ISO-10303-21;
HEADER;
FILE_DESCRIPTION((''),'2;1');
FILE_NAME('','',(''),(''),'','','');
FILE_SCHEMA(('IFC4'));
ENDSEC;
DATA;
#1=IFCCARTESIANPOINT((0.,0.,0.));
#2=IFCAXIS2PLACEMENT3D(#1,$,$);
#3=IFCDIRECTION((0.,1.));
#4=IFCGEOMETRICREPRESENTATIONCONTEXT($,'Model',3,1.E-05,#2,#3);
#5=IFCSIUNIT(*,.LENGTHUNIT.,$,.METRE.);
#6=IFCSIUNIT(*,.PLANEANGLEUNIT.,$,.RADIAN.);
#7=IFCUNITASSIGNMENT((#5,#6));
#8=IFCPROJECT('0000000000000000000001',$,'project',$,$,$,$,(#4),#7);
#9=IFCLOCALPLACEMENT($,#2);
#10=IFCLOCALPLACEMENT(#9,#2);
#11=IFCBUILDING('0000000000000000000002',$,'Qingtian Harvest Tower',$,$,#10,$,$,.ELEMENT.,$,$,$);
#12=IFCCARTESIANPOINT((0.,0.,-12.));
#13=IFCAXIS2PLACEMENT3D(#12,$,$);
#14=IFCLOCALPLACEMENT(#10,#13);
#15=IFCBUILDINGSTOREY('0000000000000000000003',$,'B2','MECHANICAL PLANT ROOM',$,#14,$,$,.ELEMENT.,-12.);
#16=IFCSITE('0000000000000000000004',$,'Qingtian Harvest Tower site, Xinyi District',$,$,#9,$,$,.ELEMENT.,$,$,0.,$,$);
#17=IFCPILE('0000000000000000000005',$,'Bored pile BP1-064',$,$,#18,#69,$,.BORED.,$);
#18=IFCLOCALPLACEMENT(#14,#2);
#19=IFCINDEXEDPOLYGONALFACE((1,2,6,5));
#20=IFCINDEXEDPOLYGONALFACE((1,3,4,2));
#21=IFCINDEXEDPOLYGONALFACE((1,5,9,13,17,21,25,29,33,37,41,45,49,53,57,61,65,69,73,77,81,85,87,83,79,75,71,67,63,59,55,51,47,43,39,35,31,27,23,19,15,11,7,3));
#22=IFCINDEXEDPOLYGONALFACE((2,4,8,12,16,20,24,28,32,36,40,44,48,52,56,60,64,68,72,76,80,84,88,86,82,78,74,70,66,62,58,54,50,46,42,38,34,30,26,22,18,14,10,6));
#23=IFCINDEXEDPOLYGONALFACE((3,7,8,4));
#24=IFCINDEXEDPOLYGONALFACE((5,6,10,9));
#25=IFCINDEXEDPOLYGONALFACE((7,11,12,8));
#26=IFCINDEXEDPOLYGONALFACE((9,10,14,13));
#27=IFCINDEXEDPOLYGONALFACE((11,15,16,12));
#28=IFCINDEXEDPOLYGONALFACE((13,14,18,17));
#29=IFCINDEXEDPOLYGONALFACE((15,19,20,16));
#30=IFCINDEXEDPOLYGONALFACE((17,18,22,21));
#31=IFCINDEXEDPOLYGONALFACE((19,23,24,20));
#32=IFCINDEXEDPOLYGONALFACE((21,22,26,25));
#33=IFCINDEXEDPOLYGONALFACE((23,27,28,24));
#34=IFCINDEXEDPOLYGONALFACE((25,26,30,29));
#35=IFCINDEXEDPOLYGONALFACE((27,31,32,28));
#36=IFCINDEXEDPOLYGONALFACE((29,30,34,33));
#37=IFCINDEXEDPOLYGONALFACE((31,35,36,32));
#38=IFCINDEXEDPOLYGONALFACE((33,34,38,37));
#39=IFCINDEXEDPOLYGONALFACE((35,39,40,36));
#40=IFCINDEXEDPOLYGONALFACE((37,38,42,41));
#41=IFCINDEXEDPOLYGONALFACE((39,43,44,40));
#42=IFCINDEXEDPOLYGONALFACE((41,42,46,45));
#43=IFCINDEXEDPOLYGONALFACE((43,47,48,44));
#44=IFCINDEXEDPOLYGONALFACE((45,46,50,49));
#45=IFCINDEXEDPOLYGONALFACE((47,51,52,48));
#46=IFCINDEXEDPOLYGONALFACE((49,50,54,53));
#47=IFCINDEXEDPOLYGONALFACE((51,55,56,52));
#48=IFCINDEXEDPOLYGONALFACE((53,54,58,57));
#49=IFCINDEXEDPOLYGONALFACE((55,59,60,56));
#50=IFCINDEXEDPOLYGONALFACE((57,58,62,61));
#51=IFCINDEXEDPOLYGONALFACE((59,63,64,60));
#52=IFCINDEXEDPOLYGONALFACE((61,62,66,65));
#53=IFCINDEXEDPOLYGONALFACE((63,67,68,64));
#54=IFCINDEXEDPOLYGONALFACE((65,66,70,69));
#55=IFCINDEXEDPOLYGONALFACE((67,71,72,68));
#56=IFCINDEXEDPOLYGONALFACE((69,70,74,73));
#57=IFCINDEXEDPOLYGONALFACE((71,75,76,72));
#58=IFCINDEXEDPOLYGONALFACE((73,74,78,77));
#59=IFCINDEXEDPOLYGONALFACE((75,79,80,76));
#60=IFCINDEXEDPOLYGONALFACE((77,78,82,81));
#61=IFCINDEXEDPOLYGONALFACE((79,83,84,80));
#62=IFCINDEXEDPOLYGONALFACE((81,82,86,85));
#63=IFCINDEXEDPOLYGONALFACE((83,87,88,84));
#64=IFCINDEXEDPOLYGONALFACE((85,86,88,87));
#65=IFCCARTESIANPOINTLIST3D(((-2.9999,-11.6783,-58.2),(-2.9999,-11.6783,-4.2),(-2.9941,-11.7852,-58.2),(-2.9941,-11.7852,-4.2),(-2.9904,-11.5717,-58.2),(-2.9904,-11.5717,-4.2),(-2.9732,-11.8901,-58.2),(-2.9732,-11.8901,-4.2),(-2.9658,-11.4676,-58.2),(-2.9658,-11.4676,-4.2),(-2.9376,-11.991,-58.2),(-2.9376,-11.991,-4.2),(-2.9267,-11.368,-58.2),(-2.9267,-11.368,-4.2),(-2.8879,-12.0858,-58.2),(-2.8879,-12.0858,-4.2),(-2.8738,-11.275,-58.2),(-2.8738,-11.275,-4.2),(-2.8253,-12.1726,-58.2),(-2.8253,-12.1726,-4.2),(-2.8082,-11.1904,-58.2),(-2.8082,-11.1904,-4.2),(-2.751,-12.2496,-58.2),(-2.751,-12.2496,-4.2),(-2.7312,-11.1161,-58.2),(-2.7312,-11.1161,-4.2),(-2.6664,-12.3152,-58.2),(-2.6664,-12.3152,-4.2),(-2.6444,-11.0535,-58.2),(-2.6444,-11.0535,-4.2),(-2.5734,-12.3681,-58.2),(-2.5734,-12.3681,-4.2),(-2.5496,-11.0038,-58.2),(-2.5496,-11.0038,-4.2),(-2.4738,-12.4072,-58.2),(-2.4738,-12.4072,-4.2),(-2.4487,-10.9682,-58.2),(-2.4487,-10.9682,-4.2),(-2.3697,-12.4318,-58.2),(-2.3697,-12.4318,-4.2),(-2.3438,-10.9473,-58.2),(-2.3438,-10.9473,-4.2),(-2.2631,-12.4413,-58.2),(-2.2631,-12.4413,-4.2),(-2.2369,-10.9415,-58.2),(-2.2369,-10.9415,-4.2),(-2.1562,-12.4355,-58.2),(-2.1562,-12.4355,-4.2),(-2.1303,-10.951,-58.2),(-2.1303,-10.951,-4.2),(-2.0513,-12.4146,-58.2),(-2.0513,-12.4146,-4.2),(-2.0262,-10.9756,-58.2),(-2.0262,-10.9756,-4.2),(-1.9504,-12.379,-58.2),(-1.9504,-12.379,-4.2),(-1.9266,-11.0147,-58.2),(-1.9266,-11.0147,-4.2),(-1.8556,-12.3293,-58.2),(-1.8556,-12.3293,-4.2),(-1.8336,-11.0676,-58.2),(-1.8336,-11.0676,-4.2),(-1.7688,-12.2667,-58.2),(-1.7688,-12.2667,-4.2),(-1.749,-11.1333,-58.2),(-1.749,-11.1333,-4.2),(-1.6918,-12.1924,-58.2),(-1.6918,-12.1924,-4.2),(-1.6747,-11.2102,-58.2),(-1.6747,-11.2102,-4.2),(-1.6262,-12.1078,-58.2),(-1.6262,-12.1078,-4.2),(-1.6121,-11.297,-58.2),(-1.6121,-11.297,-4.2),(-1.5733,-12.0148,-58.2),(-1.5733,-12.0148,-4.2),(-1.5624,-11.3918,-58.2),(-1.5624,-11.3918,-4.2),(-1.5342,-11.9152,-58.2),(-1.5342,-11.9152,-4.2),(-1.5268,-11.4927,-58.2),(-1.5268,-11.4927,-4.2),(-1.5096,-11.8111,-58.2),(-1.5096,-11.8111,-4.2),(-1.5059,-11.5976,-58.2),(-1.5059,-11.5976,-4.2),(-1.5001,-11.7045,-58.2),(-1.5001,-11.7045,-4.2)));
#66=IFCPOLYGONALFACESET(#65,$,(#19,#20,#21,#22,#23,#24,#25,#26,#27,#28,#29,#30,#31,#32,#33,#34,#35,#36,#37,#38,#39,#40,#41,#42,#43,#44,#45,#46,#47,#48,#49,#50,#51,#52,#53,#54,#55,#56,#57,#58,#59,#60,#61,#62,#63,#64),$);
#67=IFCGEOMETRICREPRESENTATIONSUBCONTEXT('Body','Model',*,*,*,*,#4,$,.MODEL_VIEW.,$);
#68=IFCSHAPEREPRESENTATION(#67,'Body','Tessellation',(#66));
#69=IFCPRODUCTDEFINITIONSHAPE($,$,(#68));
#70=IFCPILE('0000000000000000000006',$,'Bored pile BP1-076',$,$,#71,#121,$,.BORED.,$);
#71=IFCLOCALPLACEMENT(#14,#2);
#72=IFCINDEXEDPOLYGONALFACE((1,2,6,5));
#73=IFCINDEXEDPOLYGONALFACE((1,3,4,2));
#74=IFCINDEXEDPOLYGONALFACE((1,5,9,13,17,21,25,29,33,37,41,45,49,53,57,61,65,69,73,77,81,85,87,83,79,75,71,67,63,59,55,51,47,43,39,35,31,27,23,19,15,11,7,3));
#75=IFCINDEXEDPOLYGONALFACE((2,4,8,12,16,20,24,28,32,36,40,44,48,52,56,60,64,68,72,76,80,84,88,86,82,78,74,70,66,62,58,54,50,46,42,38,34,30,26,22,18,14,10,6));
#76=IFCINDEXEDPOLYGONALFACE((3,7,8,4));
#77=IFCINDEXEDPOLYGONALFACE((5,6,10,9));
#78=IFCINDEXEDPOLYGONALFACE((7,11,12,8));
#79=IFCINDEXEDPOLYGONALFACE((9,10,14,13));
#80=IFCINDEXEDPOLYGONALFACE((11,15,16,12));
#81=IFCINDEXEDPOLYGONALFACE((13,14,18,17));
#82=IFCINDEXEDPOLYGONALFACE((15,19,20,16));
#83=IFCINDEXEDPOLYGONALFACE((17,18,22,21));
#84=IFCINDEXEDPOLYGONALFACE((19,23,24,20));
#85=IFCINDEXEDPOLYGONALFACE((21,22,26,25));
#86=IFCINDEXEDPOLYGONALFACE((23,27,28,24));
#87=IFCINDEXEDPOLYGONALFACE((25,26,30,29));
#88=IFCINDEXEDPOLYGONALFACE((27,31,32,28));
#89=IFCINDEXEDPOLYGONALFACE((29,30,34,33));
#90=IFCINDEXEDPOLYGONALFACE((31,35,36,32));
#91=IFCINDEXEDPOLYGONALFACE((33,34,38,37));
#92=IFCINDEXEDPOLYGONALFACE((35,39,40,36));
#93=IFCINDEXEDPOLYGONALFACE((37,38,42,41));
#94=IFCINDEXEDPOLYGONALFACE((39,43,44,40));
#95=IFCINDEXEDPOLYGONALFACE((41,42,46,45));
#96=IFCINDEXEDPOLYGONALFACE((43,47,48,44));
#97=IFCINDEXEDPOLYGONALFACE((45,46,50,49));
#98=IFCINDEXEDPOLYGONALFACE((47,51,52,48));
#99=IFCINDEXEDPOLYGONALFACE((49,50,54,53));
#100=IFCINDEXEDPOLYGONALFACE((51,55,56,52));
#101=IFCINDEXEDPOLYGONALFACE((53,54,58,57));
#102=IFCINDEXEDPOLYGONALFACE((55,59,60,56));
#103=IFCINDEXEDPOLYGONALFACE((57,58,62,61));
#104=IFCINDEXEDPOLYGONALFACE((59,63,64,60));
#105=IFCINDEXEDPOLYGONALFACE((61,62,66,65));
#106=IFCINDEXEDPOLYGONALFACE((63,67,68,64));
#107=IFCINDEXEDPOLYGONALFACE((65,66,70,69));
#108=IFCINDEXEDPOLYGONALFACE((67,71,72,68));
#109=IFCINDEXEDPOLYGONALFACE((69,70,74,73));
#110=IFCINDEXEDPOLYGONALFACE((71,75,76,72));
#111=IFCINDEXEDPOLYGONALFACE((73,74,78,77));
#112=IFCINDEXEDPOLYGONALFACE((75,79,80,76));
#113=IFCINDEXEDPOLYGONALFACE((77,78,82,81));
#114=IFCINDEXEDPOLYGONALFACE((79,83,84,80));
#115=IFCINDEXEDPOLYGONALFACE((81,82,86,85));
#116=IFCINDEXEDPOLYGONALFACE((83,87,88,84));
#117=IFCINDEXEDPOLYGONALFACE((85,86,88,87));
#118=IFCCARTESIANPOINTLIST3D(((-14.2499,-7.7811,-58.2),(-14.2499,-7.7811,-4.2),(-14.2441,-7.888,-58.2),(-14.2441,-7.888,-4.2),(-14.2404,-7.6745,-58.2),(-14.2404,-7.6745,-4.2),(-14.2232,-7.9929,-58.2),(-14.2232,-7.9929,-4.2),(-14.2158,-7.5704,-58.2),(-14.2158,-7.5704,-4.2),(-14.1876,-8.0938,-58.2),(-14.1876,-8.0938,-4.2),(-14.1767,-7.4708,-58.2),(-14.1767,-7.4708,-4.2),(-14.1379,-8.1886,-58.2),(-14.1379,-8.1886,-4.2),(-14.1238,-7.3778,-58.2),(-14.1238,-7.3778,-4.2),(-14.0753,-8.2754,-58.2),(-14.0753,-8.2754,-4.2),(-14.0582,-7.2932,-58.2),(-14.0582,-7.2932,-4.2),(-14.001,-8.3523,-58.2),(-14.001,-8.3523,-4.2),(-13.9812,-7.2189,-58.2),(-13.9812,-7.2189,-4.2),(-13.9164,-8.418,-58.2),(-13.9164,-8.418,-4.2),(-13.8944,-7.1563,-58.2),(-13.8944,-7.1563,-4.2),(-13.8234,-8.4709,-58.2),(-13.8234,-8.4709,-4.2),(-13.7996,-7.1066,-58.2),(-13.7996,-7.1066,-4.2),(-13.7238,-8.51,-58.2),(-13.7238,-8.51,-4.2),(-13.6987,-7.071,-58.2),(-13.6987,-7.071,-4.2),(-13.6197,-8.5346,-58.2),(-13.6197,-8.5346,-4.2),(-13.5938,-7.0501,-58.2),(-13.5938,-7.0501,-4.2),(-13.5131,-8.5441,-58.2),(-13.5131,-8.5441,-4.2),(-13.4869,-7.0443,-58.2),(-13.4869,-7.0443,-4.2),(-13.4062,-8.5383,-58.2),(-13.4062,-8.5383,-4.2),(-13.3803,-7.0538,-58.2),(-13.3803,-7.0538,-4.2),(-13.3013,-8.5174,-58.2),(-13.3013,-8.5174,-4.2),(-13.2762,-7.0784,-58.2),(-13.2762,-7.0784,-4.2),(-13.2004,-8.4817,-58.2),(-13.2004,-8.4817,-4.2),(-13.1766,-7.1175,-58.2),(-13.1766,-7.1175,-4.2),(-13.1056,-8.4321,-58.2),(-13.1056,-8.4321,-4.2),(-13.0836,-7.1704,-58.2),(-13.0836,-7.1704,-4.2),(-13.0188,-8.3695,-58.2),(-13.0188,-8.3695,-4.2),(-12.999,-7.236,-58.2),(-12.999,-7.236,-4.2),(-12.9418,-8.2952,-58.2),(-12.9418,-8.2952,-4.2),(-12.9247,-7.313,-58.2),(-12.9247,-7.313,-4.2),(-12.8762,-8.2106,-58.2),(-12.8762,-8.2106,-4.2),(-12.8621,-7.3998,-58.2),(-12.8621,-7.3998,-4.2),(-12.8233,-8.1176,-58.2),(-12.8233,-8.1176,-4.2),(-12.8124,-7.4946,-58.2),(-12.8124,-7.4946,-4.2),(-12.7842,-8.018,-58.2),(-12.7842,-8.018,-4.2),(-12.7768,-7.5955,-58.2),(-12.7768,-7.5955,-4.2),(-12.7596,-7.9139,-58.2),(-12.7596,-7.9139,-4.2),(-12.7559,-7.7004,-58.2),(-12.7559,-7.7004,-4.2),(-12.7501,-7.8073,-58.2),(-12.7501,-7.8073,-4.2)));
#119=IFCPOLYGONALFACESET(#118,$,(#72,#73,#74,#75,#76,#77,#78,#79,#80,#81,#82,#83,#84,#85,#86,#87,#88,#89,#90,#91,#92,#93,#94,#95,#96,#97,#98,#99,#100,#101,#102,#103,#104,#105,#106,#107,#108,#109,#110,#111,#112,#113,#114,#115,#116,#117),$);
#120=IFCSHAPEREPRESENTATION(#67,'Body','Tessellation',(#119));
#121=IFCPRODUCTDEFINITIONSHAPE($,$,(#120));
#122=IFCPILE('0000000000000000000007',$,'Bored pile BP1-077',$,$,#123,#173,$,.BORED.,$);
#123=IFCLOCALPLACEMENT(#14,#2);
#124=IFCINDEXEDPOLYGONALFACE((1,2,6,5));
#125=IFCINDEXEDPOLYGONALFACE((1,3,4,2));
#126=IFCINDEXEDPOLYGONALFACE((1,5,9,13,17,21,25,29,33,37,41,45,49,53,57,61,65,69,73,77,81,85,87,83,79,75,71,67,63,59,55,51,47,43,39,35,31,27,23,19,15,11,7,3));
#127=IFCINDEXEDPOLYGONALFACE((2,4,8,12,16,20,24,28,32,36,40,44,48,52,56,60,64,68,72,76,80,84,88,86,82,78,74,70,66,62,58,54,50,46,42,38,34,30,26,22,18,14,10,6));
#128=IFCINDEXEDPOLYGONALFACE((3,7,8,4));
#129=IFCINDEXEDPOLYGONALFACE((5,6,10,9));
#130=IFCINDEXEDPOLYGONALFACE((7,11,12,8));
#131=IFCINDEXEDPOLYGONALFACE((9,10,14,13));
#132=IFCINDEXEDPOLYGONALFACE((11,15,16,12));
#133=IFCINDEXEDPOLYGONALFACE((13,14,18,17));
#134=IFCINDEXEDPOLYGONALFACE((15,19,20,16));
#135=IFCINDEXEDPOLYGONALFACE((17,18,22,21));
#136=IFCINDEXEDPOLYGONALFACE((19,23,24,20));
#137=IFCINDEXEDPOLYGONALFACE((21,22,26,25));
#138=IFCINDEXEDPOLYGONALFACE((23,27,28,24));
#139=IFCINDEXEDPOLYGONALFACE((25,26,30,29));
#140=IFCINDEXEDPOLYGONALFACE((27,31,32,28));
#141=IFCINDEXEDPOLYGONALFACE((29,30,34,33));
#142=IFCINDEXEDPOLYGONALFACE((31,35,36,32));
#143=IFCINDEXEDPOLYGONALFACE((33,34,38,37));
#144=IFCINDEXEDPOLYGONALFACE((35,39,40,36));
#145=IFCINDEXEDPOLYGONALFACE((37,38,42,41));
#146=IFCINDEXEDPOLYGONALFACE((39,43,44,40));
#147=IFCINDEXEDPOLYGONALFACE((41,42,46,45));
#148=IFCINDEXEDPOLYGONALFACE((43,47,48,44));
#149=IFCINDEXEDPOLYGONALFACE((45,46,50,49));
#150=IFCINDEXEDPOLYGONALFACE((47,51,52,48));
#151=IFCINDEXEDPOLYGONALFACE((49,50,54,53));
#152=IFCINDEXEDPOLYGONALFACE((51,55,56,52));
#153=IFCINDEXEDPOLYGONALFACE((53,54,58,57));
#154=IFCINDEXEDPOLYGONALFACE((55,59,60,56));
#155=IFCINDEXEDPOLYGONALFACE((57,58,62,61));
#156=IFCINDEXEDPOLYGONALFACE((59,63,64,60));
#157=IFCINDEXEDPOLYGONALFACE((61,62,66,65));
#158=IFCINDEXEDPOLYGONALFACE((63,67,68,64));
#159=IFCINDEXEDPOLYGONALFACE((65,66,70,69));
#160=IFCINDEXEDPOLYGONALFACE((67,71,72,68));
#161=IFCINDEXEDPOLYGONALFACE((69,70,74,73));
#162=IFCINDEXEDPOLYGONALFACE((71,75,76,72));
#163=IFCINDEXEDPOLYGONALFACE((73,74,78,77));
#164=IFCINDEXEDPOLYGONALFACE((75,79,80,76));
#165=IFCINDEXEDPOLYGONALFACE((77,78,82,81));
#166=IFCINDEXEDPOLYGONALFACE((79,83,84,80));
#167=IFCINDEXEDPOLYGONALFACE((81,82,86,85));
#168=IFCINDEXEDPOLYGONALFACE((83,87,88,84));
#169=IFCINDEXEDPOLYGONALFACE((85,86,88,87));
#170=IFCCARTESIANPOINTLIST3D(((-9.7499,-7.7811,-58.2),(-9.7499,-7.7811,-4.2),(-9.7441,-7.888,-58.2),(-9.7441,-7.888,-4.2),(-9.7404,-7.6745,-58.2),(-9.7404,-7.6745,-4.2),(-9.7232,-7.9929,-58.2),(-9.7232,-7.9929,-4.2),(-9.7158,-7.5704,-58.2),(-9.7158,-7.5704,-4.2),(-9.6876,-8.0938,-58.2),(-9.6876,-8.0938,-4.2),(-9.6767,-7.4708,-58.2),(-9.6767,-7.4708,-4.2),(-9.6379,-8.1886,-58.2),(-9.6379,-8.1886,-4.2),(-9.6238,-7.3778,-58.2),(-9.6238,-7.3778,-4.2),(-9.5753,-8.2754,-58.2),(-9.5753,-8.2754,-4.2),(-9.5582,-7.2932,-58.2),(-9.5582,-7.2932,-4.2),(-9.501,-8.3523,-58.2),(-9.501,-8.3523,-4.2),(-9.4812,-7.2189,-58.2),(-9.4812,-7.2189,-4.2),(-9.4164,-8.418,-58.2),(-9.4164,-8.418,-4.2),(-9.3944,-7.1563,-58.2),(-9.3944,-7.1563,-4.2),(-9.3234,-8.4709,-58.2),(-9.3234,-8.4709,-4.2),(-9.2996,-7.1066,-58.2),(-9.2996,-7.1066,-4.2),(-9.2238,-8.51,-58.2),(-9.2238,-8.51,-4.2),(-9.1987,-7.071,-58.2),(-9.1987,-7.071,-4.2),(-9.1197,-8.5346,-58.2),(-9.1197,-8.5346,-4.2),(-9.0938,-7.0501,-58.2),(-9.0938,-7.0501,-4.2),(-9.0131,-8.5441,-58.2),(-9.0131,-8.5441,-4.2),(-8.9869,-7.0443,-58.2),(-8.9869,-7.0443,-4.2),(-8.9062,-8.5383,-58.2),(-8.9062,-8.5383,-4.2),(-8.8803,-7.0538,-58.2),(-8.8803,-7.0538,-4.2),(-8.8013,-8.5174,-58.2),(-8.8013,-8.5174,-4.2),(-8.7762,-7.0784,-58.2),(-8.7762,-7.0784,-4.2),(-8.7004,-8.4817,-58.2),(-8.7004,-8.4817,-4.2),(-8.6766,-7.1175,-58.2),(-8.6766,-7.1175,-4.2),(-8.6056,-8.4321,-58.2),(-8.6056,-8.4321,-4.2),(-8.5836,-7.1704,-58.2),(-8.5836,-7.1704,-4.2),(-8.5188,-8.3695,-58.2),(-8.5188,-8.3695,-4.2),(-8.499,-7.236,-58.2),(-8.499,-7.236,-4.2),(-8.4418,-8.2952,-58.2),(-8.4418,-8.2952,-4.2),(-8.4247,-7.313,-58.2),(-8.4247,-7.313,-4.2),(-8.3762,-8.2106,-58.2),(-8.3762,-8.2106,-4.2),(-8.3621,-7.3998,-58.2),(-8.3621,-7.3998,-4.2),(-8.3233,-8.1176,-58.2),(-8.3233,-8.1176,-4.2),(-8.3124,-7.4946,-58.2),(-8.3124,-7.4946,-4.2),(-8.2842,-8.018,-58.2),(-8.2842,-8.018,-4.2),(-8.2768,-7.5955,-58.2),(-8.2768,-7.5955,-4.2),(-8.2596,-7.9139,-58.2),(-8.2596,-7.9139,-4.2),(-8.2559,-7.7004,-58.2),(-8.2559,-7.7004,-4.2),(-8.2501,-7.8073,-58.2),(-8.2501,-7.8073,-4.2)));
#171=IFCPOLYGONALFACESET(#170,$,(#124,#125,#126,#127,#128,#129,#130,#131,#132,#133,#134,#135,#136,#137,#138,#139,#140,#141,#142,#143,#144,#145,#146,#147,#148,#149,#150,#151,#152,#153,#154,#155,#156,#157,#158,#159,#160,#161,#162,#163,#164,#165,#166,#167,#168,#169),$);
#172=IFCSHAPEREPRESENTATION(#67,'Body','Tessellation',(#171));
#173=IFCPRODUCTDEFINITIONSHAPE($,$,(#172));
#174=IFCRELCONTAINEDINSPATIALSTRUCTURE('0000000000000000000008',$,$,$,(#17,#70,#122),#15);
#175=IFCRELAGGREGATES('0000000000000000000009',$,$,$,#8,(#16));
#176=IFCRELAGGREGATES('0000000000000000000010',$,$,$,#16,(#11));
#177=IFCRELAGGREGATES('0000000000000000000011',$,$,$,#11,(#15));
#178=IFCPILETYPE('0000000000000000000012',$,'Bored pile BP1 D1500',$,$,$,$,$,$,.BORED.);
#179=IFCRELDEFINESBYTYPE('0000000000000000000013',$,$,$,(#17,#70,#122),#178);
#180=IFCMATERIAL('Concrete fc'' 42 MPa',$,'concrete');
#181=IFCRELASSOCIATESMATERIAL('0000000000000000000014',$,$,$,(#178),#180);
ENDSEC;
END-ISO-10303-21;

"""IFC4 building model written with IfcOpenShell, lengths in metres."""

from ifc_helpers import new_model, si_unit, direction, frame, frame_2d, origin, place, context, subcontext, project, spatial, circle, extrude, material, material_profile, profile_set, type_object, element, save


model = new_model("IFC4")

# Units and contexts
model_context = context("Model", 3, precision=1e-05, world=origin(), true_north=direction((0.0, 1.0)))
body_context = subcontext(model_context, "Body", "Model", "MODEL_VIEW")
ifc_project = project(units=[si_unit("LENGTHUNIT", "METRE"), si_unit("PLANEANGLEUNIT", "RADIAN")], contexts=[model_context])

# Site, building, storey
site_placement = place(None, origin())
site = spatial("IfcSite", under=ifc_project, at=site_placement, Name="Qingtian Harvest Tower site, Xinyi District", CompositionType="ELEMENT", RefElevation=0.0)
building_placement = place(site_placement, origin())
building = spatial("IfcBuilding", under=site, at=building_placement, Name="Qingtian Harvest Tower", CompositionType="ELEMENT")
storey_placement = place(building_placement, frame((0.0, 0.0, -12.0)))
storey = spatial("IfcBuildingStorey", under=building, at=storey_placement, Name="B2", Description="MECHANICAL PLANT ROOM", CompositionType="ELEMENT", Elevation=-12.0)

# Piles
ifc_material_1 = material(Name="Concrete fc' 42 MPa", Category="concrete")
ifc_material_profile = material_profile(ifc_material_1, circle(Radius=0.75, at=frame_2d((0.0, 0.0), x_axis=(0.999848, 0.017452))), Name="Bored pile BP1 D1500")
ifc_profile_set = profile_set([ifc_material_profile], Name="Concrete fc' 42 MPa")
pile_type = type_object("IfcPileType", Name="Bored pile BP1 D1500", PredefinedType="BORED", material=ifc_profile_set)
for number, where, z_axis, x_axis, name in (
    (1, (-2.25, -11.6914, -4.2), (0.0, 0.0, -1.0), (1.0, 0.0, 0.0), "Bored pile BP1-064"),
    (2, (-13.5, -7.7942, -4.2), (0.0, 0.0, -1.0), (1.0, 0.0, 0.0), "Bored pile BP1-076"),
    (3, (-9.0, -7.7942, -4.2), (0.0, 0.0, -1.0), (1.0, 0.0, 0.0), "Bored pile BP1-077"),
):
    element("IfcPile", number, at=place(storey_placement, frame(where, z_axis=z_axis, x_axis=x_axis)), inside=storey, type_object=pile_type, Name=name, PredefinedType="BORED", context=body_context, shape_type="SweptSolid", body=[
        extrude(circle(Radius=0.75, at=frame_2d((0.0, 0.0), x_axis=(0.999848, 0.017452))), origin(), (0.0, 0.0, 1.0), 54.0),
    ])

save(model, "model.ifc")
